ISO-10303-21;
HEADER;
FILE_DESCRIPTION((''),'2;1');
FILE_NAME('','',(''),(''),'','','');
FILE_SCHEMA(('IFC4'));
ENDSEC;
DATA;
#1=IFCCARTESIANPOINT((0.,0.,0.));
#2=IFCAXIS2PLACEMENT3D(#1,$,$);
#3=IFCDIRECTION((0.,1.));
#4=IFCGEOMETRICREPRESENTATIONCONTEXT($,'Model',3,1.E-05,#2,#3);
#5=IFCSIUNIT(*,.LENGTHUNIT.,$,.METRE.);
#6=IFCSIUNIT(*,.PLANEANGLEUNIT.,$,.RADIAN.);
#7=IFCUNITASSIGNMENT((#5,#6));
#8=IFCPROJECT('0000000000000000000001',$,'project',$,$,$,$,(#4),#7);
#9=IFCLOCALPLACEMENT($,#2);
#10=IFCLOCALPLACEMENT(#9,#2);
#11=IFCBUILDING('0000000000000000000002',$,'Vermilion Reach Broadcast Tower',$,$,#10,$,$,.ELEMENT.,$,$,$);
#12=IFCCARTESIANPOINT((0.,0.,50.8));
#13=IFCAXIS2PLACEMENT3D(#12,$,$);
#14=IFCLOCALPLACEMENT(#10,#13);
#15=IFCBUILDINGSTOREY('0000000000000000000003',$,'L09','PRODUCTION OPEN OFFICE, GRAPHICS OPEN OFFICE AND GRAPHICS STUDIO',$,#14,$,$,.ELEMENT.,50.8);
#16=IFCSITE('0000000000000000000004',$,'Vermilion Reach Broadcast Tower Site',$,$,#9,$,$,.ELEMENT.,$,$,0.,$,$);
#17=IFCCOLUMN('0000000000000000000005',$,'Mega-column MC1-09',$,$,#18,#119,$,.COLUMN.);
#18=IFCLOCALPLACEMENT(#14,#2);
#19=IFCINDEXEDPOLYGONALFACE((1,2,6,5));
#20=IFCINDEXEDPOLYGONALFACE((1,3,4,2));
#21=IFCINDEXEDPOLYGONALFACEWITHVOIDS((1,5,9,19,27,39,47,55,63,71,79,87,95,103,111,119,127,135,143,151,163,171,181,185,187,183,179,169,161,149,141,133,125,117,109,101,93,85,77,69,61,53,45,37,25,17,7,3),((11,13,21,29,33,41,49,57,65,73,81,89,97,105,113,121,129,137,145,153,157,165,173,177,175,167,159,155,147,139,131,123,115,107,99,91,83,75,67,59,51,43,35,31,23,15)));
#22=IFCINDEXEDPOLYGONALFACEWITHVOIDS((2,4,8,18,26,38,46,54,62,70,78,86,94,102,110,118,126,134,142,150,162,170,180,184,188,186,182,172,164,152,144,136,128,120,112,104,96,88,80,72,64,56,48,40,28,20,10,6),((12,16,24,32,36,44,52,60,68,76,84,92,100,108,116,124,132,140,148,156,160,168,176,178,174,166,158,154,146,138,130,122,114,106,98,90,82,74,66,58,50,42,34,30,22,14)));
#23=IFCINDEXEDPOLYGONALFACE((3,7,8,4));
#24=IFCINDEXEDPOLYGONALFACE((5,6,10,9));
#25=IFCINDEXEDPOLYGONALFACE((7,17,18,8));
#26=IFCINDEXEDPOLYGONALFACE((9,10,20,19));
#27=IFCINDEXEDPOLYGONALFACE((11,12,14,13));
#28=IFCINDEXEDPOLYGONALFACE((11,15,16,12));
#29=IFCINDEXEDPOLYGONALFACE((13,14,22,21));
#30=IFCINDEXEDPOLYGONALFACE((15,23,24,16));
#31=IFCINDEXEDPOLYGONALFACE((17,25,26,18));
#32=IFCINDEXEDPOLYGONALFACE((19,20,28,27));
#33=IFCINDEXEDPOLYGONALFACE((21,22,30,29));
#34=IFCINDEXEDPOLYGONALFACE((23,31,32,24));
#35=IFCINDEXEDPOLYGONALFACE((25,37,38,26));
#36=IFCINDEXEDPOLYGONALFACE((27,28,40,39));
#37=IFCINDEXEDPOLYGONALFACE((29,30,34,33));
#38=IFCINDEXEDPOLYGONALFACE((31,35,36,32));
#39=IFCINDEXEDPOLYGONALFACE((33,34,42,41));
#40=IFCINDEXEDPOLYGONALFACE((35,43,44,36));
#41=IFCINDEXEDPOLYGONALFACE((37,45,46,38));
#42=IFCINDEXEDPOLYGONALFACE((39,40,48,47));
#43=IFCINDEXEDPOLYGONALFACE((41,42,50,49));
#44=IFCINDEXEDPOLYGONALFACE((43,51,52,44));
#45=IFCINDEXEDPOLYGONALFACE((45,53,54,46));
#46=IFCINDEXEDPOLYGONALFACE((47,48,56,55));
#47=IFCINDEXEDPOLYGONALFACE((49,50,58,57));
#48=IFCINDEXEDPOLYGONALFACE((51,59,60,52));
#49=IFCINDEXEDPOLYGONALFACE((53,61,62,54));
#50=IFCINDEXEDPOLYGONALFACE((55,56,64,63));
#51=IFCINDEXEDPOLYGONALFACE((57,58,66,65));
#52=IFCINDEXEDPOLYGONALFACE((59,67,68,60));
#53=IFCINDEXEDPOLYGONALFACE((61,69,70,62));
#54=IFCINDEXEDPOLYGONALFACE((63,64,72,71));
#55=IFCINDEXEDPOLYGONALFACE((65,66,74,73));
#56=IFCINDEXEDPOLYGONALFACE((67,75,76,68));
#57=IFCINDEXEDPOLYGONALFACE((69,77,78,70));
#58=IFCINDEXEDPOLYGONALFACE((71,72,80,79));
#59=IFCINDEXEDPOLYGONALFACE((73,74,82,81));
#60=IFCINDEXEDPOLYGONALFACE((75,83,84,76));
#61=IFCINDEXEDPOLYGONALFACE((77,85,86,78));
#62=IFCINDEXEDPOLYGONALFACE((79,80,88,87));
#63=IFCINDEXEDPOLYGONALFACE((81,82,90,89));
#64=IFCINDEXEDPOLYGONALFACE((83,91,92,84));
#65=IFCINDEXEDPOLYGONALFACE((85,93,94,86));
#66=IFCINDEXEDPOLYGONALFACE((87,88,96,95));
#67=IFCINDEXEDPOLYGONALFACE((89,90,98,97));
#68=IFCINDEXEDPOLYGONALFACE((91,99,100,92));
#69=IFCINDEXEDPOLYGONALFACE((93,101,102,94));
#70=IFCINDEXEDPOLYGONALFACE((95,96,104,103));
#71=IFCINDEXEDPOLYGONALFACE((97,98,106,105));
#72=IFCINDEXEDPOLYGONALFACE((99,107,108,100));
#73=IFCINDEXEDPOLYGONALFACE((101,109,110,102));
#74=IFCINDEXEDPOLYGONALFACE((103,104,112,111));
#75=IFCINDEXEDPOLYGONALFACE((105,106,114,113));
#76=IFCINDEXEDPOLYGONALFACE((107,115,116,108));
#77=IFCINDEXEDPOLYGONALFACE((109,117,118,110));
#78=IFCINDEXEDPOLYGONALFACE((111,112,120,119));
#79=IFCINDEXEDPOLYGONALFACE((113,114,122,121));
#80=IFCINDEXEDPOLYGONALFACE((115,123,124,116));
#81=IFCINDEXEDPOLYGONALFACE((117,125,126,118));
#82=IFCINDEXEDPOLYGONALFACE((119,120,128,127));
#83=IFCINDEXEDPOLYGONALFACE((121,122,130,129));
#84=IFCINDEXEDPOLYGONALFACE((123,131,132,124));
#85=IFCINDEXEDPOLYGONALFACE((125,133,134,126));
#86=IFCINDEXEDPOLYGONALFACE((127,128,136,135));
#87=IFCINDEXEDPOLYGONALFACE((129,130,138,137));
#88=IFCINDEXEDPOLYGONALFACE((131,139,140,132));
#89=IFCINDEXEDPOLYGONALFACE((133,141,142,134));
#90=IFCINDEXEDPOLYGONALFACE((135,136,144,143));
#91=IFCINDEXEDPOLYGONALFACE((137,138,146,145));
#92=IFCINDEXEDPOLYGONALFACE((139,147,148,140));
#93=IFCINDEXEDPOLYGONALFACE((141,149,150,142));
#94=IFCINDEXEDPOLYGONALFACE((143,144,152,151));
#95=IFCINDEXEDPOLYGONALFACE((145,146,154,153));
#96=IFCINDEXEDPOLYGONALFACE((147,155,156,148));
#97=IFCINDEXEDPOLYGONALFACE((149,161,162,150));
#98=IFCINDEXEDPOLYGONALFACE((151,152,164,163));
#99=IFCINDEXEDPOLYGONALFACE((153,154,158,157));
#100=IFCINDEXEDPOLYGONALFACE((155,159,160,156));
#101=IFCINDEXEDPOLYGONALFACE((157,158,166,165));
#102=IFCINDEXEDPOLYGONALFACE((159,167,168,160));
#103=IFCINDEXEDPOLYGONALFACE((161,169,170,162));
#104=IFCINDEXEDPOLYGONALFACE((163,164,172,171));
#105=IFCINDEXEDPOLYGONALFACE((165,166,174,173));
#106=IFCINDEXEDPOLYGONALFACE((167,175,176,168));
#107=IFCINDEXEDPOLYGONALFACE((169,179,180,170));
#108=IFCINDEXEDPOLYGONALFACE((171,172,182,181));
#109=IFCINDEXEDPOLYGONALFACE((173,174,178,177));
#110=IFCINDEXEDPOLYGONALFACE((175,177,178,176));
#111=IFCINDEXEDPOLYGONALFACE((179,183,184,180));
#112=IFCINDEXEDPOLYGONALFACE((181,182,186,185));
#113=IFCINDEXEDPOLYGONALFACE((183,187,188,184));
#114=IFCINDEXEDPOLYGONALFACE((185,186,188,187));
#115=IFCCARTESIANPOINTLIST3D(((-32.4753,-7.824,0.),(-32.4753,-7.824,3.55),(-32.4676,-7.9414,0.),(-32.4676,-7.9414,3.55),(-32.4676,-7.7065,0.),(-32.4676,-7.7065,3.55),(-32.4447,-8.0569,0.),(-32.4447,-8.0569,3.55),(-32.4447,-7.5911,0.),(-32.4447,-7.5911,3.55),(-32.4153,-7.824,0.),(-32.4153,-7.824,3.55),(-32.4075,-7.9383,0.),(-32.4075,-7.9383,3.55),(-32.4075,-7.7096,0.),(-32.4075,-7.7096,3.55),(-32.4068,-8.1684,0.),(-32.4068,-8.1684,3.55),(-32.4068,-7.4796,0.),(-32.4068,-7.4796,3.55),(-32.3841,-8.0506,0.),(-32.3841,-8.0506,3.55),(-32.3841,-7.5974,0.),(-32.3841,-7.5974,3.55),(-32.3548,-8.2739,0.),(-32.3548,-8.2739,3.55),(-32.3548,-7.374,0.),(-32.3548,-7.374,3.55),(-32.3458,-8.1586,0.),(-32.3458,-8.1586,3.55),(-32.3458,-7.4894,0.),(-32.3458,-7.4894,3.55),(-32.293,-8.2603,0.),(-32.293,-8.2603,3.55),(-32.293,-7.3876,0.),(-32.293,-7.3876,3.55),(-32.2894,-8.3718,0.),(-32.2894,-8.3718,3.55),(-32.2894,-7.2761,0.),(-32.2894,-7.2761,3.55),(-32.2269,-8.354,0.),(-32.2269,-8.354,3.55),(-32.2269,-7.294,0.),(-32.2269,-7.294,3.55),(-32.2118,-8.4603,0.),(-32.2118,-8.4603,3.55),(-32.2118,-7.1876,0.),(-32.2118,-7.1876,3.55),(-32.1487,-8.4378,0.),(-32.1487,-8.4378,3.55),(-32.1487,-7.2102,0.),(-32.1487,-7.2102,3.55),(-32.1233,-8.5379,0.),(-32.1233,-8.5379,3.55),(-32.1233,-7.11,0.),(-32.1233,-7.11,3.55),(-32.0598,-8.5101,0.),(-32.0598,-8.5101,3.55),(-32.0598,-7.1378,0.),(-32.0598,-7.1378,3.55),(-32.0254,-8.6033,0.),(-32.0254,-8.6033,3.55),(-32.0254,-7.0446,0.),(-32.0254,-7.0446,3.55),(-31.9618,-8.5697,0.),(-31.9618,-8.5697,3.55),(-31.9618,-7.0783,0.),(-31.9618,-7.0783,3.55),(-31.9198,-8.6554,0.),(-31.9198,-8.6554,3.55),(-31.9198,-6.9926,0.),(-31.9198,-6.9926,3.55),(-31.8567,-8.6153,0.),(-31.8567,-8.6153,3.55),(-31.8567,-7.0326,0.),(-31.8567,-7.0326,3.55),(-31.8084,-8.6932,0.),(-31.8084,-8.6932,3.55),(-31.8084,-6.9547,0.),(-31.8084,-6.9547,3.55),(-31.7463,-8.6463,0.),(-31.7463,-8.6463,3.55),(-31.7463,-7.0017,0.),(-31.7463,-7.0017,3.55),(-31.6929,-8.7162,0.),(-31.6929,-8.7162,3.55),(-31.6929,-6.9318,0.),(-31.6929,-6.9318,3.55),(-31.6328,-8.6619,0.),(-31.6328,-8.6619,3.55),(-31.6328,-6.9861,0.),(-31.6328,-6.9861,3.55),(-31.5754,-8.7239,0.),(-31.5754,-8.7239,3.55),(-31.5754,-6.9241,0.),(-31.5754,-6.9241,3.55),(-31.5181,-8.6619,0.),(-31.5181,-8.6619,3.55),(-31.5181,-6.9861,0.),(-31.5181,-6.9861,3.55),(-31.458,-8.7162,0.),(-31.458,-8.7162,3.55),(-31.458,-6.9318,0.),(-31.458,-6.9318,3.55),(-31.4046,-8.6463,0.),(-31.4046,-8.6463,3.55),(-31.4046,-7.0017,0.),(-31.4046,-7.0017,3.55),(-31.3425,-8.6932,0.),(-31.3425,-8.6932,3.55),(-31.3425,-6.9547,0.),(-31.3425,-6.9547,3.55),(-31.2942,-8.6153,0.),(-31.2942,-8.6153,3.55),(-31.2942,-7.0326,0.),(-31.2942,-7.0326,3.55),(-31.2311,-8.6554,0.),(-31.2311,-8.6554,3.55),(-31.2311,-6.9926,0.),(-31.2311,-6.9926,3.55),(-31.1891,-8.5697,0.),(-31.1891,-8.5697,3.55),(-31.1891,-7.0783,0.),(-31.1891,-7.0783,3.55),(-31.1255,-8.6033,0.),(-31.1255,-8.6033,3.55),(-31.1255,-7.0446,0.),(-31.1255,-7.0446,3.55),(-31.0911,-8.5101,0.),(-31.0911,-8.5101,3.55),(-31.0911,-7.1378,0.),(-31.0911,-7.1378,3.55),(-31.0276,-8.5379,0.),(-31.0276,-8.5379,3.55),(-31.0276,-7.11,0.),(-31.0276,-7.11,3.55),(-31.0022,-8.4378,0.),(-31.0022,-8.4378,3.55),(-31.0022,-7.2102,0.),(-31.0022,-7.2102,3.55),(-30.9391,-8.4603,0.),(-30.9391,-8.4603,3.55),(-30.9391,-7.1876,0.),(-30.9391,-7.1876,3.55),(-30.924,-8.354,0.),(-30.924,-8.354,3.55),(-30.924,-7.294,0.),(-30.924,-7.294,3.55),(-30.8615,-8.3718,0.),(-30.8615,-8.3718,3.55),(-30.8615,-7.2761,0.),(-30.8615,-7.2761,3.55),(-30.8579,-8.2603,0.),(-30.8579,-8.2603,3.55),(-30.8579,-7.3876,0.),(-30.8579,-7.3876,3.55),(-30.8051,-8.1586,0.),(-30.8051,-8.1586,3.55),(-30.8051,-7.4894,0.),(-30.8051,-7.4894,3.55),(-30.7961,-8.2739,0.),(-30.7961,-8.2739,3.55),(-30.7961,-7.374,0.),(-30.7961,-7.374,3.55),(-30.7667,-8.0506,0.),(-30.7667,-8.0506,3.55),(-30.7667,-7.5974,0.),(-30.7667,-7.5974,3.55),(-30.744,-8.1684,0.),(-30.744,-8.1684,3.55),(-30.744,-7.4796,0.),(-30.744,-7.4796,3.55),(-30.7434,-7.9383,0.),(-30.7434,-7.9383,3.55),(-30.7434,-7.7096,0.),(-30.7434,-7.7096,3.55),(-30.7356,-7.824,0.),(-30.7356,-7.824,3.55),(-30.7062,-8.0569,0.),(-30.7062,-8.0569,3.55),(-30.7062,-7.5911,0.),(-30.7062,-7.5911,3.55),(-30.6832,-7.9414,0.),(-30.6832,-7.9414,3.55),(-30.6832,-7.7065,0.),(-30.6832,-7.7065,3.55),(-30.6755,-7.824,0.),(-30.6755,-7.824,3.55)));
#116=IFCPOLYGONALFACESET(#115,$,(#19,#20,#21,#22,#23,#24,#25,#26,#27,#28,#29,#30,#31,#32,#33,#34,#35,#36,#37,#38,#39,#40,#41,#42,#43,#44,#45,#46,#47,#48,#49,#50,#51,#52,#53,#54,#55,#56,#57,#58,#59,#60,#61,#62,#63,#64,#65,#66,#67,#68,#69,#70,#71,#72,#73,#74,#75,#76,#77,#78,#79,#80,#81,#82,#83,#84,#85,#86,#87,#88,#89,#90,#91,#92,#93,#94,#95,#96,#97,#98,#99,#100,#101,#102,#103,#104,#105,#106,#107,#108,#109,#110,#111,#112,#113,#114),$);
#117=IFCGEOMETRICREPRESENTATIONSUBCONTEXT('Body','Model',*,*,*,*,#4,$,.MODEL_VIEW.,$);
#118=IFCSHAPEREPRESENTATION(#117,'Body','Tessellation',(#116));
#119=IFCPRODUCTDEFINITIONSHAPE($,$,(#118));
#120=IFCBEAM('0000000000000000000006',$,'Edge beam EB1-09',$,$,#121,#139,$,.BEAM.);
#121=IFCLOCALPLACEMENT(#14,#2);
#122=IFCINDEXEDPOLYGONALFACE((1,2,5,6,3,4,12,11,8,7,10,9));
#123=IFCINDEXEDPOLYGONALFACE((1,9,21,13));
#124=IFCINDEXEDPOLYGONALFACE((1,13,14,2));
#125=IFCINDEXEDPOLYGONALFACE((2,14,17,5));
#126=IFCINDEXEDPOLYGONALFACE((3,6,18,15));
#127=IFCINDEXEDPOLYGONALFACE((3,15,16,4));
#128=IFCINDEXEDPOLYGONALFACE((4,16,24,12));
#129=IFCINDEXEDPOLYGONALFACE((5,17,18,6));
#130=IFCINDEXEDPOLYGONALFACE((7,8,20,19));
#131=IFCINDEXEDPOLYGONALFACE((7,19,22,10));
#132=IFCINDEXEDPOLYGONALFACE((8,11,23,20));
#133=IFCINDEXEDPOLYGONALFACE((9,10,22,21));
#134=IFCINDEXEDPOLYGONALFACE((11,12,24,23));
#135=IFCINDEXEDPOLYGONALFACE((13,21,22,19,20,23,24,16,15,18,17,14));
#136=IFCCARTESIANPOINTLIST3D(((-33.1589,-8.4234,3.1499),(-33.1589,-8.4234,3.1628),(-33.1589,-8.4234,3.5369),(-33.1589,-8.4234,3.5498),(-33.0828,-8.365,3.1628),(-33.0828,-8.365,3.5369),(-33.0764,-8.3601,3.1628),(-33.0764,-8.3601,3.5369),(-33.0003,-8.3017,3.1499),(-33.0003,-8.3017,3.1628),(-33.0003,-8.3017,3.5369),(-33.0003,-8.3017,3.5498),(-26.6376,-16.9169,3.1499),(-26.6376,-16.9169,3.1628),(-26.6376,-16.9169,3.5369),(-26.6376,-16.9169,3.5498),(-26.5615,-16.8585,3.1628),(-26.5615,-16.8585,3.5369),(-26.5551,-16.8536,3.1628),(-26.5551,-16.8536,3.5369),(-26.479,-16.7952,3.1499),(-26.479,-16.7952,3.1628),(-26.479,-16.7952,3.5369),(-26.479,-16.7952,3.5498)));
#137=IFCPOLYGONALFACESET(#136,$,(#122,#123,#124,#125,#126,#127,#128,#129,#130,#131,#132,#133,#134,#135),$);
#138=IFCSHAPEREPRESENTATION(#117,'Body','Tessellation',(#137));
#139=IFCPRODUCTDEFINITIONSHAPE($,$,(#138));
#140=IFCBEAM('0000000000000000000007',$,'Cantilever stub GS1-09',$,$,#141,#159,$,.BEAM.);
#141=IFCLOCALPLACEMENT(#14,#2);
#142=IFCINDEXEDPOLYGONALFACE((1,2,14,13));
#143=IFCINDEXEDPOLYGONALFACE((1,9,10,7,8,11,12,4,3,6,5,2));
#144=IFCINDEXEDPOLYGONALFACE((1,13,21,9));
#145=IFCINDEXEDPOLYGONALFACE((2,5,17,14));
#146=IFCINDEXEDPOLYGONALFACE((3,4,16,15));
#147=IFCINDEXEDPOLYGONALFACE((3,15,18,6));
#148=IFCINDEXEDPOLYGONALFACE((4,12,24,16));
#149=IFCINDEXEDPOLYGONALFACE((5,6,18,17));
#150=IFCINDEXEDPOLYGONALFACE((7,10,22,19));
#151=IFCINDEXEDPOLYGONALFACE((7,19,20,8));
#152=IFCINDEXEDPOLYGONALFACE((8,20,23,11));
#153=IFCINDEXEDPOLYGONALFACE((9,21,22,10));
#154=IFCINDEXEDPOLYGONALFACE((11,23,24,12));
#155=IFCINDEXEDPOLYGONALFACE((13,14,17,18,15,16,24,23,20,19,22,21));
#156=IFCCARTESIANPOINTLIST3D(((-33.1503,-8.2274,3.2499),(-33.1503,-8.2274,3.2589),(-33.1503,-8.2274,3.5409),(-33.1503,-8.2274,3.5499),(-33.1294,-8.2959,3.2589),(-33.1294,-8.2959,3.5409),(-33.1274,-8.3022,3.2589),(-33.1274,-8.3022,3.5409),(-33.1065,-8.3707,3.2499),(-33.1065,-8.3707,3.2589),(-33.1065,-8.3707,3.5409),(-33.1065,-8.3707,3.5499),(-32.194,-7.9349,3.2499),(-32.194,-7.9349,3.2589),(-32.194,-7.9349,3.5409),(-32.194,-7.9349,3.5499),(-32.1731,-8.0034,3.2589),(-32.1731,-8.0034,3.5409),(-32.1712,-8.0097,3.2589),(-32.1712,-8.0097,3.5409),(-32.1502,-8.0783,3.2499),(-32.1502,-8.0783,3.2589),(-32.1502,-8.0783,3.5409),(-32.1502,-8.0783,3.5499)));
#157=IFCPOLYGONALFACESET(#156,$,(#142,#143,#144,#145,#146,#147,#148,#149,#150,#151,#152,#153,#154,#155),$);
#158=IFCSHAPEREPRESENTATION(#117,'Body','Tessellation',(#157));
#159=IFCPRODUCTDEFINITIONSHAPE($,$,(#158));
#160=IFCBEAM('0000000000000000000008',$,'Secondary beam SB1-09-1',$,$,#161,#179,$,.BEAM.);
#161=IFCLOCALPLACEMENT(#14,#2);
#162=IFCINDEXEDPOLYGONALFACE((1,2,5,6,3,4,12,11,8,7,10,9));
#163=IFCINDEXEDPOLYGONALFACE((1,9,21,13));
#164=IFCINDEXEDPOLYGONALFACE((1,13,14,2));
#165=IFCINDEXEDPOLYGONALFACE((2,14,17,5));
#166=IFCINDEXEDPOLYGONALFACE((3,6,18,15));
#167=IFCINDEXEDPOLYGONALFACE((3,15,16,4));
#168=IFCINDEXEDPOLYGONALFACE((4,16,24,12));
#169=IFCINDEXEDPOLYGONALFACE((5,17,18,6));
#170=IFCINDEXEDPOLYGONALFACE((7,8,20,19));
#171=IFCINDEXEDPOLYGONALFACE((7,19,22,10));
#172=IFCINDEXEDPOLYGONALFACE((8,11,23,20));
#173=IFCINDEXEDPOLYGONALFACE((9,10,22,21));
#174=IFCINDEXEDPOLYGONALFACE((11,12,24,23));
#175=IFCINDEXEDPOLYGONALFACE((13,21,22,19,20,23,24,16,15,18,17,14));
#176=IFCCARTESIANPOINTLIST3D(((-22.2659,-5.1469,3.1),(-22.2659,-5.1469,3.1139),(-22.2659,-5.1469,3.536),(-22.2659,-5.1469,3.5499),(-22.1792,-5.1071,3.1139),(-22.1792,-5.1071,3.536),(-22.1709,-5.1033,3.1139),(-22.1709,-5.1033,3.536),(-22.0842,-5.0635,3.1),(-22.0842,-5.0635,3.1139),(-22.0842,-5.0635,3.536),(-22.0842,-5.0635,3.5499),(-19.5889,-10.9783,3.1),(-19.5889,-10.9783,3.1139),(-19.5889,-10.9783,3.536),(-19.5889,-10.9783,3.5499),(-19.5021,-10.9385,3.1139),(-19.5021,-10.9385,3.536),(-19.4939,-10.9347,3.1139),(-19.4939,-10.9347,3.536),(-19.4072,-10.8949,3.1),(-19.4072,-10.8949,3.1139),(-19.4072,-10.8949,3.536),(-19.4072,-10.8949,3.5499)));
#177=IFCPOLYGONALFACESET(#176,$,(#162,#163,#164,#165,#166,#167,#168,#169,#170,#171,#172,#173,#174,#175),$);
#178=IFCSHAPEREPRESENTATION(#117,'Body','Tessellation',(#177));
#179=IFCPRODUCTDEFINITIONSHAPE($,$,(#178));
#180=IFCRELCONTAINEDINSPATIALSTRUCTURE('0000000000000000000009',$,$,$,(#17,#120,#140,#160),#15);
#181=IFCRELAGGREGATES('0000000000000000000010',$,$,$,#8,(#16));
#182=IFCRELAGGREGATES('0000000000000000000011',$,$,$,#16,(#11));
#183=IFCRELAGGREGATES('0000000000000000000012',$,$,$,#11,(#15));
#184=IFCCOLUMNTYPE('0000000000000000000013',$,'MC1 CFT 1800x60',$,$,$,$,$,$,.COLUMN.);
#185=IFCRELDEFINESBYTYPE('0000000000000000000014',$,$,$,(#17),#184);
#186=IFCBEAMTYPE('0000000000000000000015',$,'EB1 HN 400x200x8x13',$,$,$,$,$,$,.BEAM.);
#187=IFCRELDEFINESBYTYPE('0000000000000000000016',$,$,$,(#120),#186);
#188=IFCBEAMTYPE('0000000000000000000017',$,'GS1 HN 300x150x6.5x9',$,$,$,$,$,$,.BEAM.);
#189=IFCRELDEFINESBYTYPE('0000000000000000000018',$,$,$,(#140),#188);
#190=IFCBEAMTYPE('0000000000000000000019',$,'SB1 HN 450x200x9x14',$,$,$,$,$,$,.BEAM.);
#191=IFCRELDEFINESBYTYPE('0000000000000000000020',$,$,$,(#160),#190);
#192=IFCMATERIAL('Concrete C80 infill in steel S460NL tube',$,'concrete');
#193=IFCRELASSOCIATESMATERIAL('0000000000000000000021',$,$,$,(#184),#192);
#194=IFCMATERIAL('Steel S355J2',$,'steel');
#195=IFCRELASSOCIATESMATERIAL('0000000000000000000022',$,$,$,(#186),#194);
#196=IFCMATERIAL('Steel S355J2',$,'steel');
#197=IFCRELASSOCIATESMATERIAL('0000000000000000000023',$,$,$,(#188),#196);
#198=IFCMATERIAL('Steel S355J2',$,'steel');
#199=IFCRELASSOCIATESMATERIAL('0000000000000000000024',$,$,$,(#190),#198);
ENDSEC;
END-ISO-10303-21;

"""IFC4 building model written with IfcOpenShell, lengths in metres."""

from ifc_helpers import new_model, si_unit, direction, frame, origin, origin_2d, place, context, subcontext, project, spatial, hollow_circle, i_section, extrude, material, material_profile, profile_set, type_object, element, save


model = new_model("IFC4")

# Units and contexts
model_context = context("Model", 3, precision=1e-05, world=origin(), true_north=direction((0.0, 1.0)))
body_context = subcontext(model_context, "Body", "Model", "MODEL_VIEW")
ifc_project = project(units=[si_unit("LENGTHUNIT", "METRE"), si_unit("PLANEANGLEUNIT", "RADIAN")], contexts=[model_context])

# Site, building, storey
site_placement = place(None, origin())
site = spatial("IfcSite", under=ifc_project, at=site_placement, Name="Vermilion Reach Broadcast Tower Site", CompositionType="ELEMENT", RefElevation=0.0)
building_placement = place(site_placement, origin())
building = spatial("IfcBuilding", under=site, at=building_placement, Name="Vermilion Reach Broadcast Tower", CompositionType="ELEMENT")
storey_placement = place(building_placement, frame((0.0, 0.0, 50.8)))
storey = spatial("IfcBuildingStorey", under=building, at=storey_placement, Name="L09", Description="PRODUCTION OPEN OFFICE, GRAPHICS OPEN OFFICE AND GRAPHICS STUDIO", CompositionType="ELEMENT", Elevation=50.8)

# Column
ifc_material_1 = material(Name="Concrete C80 infill in steel S460NL tube", Category="concrete")
ifc_material_profile_1 = material_profile(ifc_material_1, hollow_circle(Radius=0.8999, WallThickness=0.0601, at=origin_2d()), Name="Concrete C80 infill in steel S460NL tube CFT 1800x60")
ifc_profile_set_1 = profile_set([ifc_material_profile_1], Name="Concrete C80 infill in steel S460NL tube")
column_type = type_object("IfcColumnType", Name="MC1 CFT 1800x60", PredefinedType="COLUMN", material=ifc_profile_set_1)
column_placement = place(storey_placement, frame((-31.5754, -7.824, 0.0), z_axis=(0.0, 0.0, 1.0), x_axis=(1.0, 0.0, 0.0)))
element("IfcColumn", 1, at=column_placement, inside=storey, type_object=column_type, Name="Mega-column MC1-09", PredefinedType="COLUMN", context=body_context, shape_type="SweptSolid", body=[
    extrude(hollow_circle(Radius=0.8999, WallThickness=0.0601, at=origin_2d()), origin(), (0.0, 0.0, 1.0), 3.55),
])

# Beams
ifc_material_2 = material(Name="Steel S355J2", Category="steel")
ifc_material_profile_2 = material_profile(ifc_material_2, i_section(OverallWidth=0.2, OverallDepth=0.3999, WebThickness=0.0081, FlangeThickness=0.0129, at=origin_2d()), Name="S355J2 HN 400x200x8x13")
ifc_profile_set_2 = profile_set([ifc_material_profile_2], Name="Steel S355J2")
beam_type_1 = type_object("IfcBeamType", Name="EB1 HN 400x200x8x13", PredefinedType="BEAM", material=ifc_profile_set_2)
beam_1_placement = place(storey_placement, frame((-33.0796, -8.3625, 3.3499), z_axis=(0.608998, -0.793172, 0.0), x_axis=(0.793172, 0.608998, 0.0)))
element("IfcBeam", 2, at=beam_1_placement, inside=storey, type_object=beam_type_1, Name="Edge beam EB1-09", PredefinedType="BEAM", context=body_context, shape_type="SweptSolid", body=[
    extrude(i_section(OverallWidth=0.2, OverallDepth=0.3999, WebThickness=0.0081, FlangeThickness=0.0129, at=origin_2d()), origin(), (0.0, 0.0, 1.0), 10.7083),
])
ifc_material_3 = material(Name="Steel S355J2", Category="steel")
ifc_material_profile_3 = material_profile(ifc_material_3, i_section(OverallWidth=0.1499, OverallDepth=0.3, WebThickness=0.0066, FlangeThickness=0.009, at=origin_2d()), Name="S355J2 HN 300x150x6.5x9")
ifc_profile_set_3 = profile_set([ifc_material_profile_3], Name="Steel S355J2")
beam_type_2 = type_object("IfcBeamType", Name="GS1 HN 300x150x6.5x9", PredefinedType="BEAM", material=ifc_profile_set_3)
beam_2_placement = place(storey_placement, frame((-32.1721, -8.0066, 3.3999), z_axis=(-0.956274, -0.292473, 0.0), x_axis=(0.292473, -0.956274, 0.0)))
element("IfcBeam", 3, at=beam_2_placement, inside=storey, type_object=beam_type_2, Name="Cantilever stub GS1-09", PredefinedType="BEAM", context=body_context, shape_type="SweptSolid", body=[
    extrude(i_section(OverallWidth=0.1499, OverallDepth=0.3, WebThickness=0.0066, FlangeThickness=0.009, at=origin_2d()), origin(), (0.0, 0.0, 1.0), 1.0),
])
ifc_material_4 = material(Name="Steel S355J2", Category="steel")
ifc_material_profile_4 = material_profile(ifc_material_4, i_section(OverallWidth=0.2, OverallDepth=0.45, WebThickness=0.009, FlangeThickness=0.0139, at=origin_2d()), Name="S355J2 HN 450x200x9x14")
ifc_profile_set_4 = profile_set([ifc_material_profile_4], Name="Steel S355J2")
beam_type_3 = type_object("IfcBeamType", Name="SB1 HN 450x200x9x14", PredefinedType="BEAM", material=ifc_profile_set_4)
beam_3_placement = place(storey_placement, frame((-22.175, -5.1052, 3.325), z_axis=(0.417211, -0.908809, 0.0), x_axis=(0.908809, 0.417211, 0.0)))
element("IfcBeam", 4, at=beam_3_placement, inside=storey, type_object=beam_type_3, Name="Secondary beam SB1-09-1", PredefinedType="BEAM", context=body_context, shape_type="SweptSolid", body=[
    extrude(i_section(OverallWidth=0.2, OverallDepth=0.45, WebThickness=0.009, FlangeThickness=0.0139, at=origin_2d()), origin(), (0.0, 0.0, 1.0), 6.4165),
])

save(model, "model.ifc")
